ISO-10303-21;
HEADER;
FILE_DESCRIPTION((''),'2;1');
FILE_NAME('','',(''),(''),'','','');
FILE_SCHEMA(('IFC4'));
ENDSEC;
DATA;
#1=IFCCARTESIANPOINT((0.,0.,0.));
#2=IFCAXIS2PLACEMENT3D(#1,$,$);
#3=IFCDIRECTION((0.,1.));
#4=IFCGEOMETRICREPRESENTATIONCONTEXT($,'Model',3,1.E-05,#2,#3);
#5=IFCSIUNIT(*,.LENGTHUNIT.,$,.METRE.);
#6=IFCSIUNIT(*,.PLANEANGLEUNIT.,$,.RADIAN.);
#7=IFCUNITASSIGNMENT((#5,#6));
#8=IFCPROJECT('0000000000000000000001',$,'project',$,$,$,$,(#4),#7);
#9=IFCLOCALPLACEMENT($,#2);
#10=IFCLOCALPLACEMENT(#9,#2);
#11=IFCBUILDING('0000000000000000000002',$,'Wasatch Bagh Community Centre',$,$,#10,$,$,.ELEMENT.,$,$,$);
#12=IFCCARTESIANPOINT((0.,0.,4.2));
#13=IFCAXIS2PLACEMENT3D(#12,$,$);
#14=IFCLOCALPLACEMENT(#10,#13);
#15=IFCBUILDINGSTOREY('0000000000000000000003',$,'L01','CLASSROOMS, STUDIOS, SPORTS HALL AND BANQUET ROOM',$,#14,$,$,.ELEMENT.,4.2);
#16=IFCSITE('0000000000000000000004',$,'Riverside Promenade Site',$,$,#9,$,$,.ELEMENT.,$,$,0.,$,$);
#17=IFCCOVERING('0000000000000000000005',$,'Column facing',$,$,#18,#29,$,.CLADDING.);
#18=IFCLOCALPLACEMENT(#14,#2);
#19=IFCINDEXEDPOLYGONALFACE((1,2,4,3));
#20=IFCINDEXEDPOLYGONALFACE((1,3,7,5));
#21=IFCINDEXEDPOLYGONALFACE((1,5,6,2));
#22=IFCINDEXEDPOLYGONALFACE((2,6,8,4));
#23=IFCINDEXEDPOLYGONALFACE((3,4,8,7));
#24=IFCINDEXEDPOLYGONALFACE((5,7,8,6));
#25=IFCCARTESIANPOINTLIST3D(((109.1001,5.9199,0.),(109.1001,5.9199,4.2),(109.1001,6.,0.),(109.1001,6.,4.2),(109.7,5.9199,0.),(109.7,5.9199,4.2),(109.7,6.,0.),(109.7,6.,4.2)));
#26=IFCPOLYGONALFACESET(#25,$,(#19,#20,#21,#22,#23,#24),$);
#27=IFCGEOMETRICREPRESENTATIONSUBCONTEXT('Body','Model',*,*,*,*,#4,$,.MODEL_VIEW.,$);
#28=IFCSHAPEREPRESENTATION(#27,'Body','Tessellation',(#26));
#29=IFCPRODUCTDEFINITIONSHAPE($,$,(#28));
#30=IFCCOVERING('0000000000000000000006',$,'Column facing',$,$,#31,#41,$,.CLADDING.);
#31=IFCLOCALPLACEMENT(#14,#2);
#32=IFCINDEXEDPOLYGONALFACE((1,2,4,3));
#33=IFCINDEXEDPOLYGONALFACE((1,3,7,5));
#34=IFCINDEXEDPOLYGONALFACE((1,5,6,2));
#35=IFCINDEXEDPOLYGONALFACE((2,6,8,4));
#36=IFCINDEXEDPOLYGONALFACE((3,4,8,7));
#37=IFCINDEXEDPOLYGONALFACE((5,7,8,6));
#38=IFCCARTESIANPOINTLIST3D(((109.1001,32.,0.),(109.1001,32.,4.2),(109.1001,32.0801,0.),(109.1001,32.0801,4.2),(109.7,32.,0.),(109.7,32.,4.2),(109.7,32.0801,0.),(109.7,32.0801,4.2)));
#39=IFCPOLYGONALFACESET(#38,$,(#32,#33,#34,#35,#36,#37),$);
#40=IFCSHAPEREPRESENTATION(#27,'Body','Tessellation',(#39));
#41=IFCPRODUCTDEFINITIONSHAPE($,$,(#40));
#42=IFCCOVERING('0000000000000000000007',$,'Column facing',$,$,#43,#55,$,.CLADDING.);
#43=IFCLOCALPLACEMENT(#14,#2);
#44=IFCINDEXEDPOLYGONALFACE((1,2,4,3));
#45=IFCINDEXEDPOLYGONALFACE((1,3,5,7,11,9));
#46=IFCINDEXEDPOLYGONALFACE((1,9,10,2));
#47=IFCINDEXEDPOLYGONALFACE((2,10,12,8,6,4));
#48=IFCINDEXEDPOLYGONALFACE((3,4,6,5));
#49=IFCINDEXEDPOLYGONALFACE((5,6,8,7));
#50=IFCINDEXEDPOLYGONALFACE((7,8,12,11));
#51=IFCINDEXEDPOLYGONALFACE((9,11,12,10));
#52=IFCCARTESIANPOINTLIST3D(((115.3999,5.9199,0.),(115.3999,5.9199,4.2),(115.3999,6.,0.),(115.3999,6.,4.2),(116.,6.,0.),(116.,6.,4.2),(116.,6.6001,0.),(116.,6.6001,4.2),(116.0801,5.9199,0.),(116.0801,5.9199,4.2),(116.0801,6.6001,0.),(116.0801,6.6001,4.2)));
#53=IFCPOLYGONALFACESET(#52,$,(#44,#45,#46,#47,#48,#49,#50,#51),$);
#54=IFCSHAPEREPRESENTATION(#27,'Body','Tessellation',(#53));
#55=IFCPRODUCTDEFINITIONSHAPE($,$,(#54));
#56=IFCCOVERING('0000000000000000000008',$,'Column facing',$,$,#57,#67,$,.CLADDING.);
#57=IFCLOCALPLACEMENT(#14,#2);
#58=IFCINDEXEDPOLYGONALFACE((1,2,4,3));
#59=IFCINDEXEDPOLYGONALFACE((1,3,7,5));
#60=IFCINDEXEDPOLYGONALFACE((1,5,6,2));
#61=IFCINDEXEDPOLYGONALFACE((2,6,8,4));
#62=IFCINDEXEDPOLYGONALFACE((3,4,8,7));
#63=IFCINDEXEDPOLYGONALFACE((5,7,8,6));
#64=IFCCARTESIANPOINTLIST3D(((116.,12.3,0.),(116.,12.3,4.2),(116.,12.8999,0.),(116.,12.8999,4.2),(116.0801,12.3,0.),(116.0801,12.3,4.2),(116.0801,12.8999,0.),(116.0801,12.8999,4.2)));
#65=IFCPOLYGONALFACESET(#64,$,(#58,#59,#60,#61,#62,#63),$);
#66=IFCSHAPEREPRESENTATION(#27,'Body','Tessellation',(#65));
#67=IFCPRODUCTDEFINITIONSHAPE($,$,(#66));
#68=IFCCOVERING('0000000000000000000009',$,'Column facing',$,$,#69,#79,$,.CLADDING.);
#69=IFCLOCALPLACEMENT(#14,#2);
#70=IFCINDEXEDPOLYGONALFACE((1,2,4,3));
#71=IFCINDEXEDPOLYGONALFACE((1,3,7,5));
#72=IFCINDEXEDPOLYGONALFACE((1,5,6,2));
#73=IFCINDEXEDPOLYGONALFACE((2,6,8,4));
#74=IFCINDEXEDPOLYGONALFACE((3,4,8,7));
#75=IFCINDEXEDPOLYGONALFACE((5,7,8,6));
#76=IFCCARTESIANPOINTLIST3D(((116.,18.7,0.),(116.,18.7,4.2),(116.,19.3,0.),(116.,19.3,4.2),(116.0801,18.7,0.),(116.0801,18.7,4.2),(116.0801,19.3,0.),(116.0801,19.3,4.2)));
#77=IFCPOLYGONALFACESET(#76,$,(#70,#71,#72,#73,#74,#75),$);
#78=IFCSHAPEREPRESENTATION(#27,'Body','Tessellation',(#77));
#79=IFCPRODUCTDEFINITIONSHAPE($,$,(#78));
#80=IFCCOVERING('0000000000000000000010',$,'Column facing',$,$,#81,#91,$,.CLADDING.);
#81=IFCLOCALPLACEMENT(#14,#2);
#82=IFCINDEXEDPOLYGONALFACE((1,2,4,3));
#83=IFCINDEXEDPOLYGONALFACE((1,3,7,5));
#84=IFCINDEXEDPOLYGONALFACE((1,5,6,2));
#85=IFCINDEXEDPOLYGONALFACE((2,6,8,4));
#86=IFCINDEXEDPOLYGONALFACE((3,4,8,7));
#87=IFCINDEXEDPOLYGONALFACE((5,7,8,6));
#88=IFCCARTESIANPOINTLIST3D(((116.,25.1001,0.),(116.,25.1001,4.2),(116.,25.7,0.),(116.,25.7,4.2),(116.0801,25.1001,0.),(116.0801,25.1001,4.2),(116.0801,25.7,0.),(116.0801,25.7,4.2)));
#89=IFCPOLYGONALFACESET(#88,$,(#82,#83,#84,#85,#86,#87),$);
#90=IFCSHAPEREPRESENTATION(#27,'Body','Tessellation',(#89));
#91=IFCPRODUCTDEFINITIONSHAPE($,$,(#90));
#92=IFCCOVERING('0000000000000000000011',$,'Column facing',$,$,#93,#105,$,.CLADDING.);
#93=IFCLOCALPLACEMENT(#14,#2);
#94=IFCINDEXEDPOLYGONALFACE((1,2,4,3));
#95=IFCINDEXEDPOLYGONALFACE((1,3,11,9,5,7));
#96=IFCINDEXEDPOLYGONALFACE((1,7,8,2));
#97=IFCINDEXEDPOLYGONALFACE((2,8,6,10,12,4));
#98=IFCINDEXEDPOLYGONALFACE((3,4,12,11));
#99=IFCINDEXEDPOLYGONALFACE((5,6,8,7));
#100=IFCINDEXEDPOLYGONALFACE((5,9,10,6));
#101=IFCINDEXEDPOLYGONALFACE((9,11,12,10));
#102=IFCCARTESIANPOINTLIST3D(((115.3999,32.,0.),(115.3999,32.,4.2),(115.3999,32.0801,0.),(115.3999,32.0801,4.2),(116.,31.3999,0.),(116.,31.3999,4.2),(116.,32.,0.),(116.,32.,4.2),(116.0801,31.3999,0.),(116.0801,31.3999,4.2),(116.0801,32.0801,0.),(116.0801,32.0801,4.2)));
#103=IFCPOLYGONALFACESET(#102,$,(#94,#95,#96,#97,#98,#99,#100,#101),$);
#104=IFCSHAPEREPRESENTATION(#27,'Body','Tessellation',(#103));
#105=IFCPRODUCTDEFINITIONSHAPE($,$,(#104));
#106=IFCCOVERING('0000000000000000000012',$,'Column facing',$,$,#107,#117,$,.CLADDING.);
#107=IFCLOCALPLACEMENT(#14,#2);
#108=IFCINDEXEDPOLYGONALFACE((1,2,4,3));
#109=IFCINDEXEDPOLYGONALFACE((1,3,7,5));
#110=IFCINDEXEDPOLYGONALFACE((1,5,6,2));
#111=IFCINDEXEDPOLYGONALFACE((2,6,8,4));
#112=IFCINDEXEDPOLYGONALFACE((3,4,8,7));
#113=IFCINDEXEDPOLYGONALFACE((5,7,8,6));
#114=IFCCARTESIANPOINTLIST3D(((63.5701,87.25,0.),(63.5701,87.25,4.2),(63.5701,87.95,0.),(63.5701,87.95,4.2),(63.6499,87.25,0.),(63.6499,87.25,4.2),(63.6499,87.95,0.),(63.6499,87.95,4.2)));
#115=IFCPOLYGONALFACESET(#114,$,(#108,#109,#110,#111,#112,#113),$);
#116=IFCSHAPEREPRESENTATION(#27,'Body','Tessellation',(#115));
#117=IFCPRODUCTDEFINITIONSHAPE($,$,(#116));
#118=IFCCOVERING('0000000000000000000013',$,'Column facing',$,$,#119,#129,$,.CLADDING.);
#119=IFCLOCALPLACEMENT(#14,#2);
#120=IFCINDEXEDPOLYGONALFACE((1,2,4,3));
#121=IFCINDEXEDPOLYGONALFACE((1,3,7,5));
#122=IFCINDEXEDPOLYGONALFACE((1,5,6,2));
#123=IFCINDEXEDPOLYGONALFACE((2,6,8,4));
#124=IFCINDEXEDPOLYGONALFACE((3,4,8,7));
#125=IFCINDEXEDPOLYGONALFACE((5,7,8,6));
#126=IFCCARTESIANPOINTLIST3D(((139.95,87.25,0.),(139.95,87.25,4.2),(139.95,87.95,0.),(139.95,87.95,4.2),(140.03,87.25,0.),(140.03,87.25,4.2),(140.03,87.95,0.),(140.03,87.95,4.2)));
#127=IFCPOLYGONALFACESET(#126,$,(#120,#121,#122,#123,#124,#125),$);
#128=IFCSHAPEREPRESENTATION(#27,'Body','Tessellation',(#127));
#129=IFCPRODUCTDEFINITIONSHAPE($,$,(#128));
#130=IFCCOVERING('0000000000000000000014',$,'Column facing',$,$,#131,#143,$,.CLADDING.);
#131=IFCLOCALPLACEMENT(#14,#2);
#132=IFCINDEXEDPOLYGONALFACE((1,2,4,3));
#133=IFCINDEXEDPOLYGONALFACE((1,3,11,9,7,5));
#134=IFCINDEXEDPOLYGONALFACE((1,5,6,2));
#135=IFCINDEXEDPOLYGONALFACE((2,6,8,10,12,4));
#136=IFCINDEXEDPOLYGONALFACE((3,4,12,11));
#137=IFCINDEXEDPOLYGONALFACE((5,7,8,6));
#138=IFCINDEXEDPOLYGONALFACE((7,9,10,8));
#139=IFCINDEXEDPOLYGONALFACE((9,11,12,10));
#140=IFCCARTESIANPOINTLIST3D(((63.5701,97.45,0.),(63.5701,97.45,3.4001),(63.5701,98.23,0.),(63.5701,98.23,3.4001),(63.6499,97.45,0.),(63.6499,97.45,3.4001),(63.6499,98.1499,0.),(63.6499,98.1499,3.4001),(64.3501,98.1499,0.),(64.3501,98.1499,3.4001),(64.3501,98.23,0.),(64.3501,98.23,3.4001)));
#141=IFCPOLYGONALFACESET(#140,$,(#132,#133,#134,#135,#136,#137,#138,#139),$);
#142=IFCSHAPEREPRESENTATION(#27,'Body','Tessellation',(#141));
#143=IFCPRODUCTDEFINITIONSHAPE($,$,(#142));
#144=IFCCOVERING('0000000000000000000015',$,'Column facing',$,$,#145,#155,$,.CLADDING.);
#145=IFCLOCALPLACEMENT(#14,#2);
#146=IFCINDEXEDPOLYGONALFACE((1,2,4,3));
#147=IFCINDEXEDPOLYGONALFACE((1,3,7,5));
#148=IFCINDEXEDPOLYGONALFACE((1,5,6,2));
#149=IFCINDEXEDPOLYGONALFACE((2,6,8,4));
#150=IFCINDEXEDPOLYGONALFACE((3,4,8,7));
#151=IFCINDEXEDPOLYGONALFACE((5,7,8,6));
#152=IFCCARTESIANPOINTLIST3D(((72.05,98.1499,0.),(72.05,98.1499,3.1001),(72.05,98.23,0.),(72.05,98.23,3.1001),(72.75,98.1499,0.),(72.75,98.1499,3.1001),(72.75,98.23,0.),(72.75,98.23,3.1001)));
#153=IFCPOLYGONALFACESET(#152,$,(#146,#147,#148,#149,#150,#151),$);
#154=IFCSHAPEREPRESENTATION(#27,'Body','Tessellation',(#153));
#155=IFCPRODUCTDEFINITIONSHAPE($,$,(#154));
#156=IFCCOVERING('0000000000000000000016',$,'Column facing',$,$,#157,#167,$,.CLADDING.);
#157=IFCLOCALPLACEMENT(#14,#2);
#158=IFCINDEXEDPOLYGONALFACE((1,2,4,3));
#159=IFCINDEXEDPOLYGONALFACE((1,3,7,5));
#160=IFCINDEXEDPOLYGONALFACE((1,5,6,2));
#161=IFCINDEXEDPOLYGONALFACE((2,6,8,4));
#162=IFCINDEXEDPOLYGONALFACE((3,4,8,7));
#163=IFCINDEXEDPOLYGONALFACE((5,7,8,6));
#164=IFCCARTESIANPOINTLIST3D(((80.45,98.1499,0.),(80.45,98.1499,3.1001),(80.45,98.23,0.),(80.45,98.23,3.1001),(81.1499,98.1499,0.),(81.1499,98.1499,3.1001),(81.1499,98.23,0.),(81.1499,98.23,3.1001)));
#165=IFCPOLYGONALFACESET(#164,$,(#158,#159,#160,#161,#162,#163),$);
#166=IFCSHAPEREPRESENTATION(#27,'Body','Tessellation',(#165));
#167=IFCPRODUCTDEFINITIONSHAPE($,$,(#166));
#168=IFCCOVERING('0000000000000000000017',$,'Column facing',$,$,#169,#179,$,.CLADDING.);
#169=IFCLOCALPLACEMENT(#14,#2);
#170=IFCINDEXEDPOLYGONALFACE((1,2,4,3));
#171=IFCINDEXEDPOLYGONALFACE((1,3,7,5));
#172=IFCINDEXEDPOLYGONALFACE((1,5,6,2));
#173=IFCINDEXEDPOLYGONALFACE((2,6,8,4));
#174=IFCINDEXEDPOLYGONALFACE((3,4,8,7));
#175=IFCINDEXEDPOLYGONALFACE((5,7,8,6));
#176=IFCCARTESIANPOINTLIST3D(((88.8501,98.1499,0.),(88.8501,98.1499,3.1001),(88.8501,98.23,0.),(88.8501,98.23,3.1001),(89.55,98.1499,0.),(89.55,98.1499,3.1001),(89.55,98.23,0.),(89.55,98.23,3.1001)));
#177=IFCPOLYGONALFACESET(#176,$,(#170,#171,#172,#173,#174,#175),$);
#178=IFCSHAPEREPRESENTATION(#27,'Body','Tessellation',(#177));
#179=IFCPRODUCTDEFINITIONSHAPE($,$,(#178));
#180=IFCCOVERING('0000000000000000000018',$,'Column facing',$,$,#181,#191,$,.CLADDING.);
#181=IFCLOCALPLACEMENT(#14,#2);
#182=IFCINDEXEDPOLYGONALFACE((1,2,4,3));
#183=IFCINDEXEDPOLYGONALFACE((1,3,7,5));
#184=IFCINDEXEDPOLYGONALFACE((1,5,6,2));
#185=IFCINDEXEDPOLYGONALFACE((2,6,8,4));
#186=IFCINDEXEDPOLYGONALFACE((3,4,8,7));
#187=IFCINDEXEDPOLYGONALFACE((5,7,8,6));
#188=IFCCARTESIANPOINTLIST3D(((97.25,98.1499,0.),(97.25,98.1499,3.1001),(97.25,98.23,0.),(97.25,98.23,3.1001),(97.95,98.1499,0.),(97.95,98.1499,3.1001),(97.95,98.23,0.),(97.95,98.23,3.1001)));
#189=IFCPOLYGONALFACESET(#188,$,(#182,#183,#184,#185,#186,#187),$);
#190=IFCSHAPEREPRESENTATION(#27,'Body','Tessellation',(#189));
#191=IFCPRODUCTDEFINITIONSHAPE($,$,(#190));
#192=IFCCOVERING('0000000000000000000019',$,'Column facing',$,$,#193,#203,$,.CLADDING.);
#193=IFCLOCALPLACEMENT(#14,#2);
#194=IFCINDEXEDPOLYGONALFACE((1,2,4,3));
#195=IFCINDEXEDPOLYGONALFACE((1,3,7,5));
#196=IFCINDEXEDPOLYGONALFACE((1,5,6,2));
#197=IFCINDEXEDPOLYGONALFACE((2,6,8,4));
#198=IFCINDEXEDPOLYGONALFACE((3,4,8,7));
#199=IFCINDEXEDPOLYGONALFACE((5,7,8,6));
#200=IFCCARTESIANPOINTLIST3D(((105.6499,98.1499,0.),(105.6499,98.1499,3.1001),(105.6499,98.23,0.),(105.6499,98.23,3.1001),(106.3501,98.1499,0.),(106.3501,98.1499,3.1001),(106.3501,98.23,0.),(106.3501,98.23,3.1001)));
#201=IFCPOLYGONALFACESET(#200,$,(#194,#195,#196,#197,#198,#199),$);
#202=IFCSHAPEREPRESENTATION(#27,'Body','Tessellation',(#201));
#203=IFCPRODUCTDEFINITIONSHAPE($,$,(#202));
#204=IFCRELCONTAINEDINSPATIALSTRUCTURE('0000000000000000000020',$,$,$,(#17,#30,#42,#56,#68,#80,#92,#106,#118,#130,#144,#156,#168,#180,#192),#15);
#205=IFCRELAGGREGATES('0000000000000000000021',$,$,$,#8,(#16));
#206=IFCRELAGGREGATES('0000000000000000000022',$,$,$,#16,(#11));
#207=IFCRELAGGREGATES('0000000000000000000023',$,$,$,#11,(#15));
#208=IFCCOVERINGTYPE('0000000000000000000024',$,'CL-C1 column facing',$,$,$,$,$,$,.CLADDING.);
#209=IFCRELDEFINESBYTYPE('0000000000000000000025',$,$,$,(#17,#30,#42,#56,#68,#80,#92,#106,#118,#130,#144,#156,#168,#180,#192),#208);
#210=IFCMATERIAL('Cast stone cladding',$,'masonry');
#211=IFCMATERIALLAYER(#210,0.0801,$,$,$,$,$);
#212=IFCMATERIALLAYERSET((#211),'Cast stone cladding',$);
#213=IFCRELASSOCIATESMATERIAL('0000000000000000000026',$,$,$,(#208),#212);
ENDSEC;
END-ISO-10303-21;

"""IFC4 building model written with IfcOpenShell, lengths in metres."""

from ifc_helpers import new_model, si_unit, direction, frame, origin, place, context, subcontext, project, spatial, polyline, outline, extrude, material, layer, layer_set, type_object, element, save


model = new_model("IFC4")

# Units and contexts
model_context = context("Model", 3, precision=1e-05, world=origin(), true_north=direction((0.0, 1.0)))
body_context = subcontext(model_context, "Body", "Model", "MODEL_VIEW")
ifc_project = project(units=[si_unit("LENGTHUNIT", "METRE"), si_unit("PLANEANGLEUNIT", "RADIAN")], contexts=[model_context])

# Site, building, storey
site_placement = place(None, origin())
site = spatial("IfcSite", under=ifc_project, at=site_placement, Name="Riverside Promenade Site", CompositionType="ELEMENT", RefElevation=0.0)
building_placement = place(site_placement, origin())
building = spatial("IfcBuilding", under=site, at=building_placement, Name="Wasatch Bagh Community Centre", CompositionType="ELEMENT")
storey_placement = place(building_placement, frame((0.0, 0.0, 4.2)))
storey = spatial("IfcBuildingStorey", under=building, at=storey_placement, Name="L01", Description="CLASSROOMS, STUDIOS, SPORTS HALL AND BANQUET ROOM", CompositionType="ELEMENT", Elevation=4.2)

# Coverings
ifc_material = material(Name="Cast stone cladding", Category="masonry")
ifc_layer = layer(ifc_material, 0.0801)
ifc_layer_set = layer_set([ifc_layer], Name="Cast stone cladding")
covering_type = type_object("IfcCoveringType", Name="CL-C1 column facing", PredefinedType="CLADDING", material=ifc_layer_set)
covering_1_placement = place(storey_placement, origin())
element("IfcCovering", 1, at=covering_1_placement, inside=storey, type_object=covering_type, Name="Column facing", PredefinedType="CLADDING", context=body_context, shape_type="SweptSolid", body=[
    extrude(outline(polyline([(109.1001, 6.0), (109.7, 6.0), (109.7, 5.9199), (109.1001, 5.9199), (109.1001, 6.0)])), origin(), (0.0, 0.0, 1.0), 4.2),
])
covering_2_placement = place(storey_placement, origin())
element("IfcCovering", 2, at=covering_2_placement, inside=storey, type_object=covering_type, Name="Column facing", PredefinedType="CLADDING", context=body_context, shape_type="SweptSolid", body=[
    extrude(outline(polyline([(109.7, 32.0), (109.1001, 32.0), (109.1001, 32.0801), (109.7, 32.0801), (109.7, 32.0)])), origin(), (0.0, 0.0, 1.0), 4.2),
])
covering_3_placement = place(storey_placement, origin())
element("IfcCovering", 3, at=covering_3_placement, inside=storey, type_object=covering_type, Name="Column facing", PredefinedType="CLADDING", context=body_context, shape_type="SweptSolid", body=[
    extrude(outline(polyline([(116.0, 6.0), (116.0, 6.6001), (116.0801, 6.6001), (116.0801, 5.9199), (115.3999, 5.9199), (115.3999, 6.0), (116.0, 6.0)])), origin(), (0.0, 0.0, 1.0), 4.2),
])
covering_4_placement = place(storey_placement, origin())
element("IfcCovering", 4, at=covering_4_placement, inside=storey, type_object=covering_type, Name="Column facing", PredefinedType="CLADDING", context=body_context, shape_type="SweptSolid", body=[
    extrude(outline(polyline([(116.0, 12.3), (116.0, 12.8999), (116.0801, 12.8999), (116.0801, 12.3), (116.0, 12.3)])), origin(), (0.0, 0.0, 1.0), 4.2),
])
covering_5_placement = place(storey_placement, origin())
element("IfcCovering", 5, at=covering_5_placement, inside=storey, type_object=covering_type, Name="Column facing", PredefinedType="CLADDING", context=body_context, shape_type="SweptSolid", body=[
    extrude(outline(polyline([(116.0, 18.7), (116.0, 19.3), (116.0801, 19.3), (116.0801, 18.7), (116.0, 18.7)])), origin(), (0.0, 0.0, 1.0), 4.2),
])
covering_6_placement = place(storey_placement, origin())
element("IfcCovering", 6, at=covering_6_placement, inside=storey, type_object=covering_type, Name="Column facing", PredefinedType="CLADDING", context=body_context, shape_type="SweptSolid", body=[
    extrude(outline(polyline([(116.0, 25.1001), (116.0, 25.7), (116.0801, 25.7), (116.0801, 25.1001), (116.0, 25.1001)])), origin(), (0.0, 0.0, 1.0), 4.2),
])
covering_7_placement = place(storey_placement, origin())
element("IfcCovering", 7, at=covering_7_placement, inside=storey, type_object=covering_type, Name="Column facing", PredefinedType="CLADDING", context=body_context, shape_type="SweptSolid", body=[
    extrude(outline(polyline([(116.0, 32.0), (115.3999, 32.0), (115.3999, 32.0801), (116.0801, 32.0801), (116.0801, 31.3999), (116.0, 31.3999), (116.0, 32.0)])), origin(), (0.0, 0.0, 1.0), 4.2),
])
covering_8_placement = place(storey_placement, origin())
element("IfcCovering", 8, at=covering_8_placement, inside=storey, type_object=covering_type, Name="Column facing", PredefinedType="CLADDING", context=body_context, shape_type="SweptSolid", body=[
    extrude(outline(polyline([(63.6499, 87.95), (63.6499, 87.25), (63.5701, 87.25), (63.5701, 87.95), (63.6499, 87.95)])), origin(), (0.0, 0.0, 1.0), 4.2),
])
covering_9_placement = place(storey_placement, origin())
element("IfcCovering", 9, at=covering_9_placement, inside=storey, type_object=covering_type, Name="Column facing", PredefinedType="CLADDING", context=body_context, shape_type="SweptSolid", body=[
    extrude(outline(polyline([(139.95, 87.25), (139.95, 87.95), (140.03, 87.95), (140.03, 87.25), (139.95, 87.25)])), origin(), (0.0, 0.0, 1.0), 4.2),
])
covering_10_placement = place(storey_placement, origin())
element("IfcCovering", 10, at=covering_10_placement, inside=storey, type_object=covering_type, Name="Column facing", PredefinedType="CLADDING", context=body_context, shape_type="SweptSolid", body=[
    extrude(outline(polyline([(63.6499, 97.45), (63.5701, 97.45), (63.5701, 98.23), (64.3501, 98.23), (64.3501, 98.1499), (63.6499, 98.1499), (63.6499, 97.45)])), origin(), (0.0, 0.0, 1.0), 3.4001),
])
covering_11_placement = place(storey_placement, origin())
element("IfcCovering", 11, at=covering_11_placement, inside=storey, type_object=covering_type, Name="Column facing", PredefinedType="CLADDING", context=body_context, shape_type="SweptSolid", body=[
    extrude(outline(polyline([(72.75, 98.1499), (72.05, 98.1499), (72.05, 98.23), (72.75, 98.23), (72.75, 98.1499)])), origin(), (0.0, 0.0, 1.0), 3.1001),
])
covering_12_placement = place(storey_placement, origin())
element("IfcCovering", 12, at=covering_12_placement, inside=storey, type_object=covering_type, Name="Column facing", PredefinedType="CLADDING", context=body_context, shape_type="SweptSolid", body=[
    extrude(outline(polyline([(81.1499, 98.1499), (80.45, 98.1499), (80.45, 98.23), (81.1499, 98.23), (81.1499, 98.1499)])), origin(), (0.0, 0.0, 1.0), 3.1001),
])
covering_13_placement = place(storey_placement, origin())
element("IfcCovering", 13, at=covering_13_placement, inside=storey, type_object=covering_type, Name="Column facing", PredefinedType="CLADDING", context=body_context, shape_type="SweptSolid", body=[
    extrude(outline(polyline([(89.55, 98.1499), (88.8501, 98.1499), (88.8501, 98.23), (89.55, 98.23), (89.55, 98.1499)])), origin(), (0.0, 0.0, 1.0), 3.1001),
])
covering_14_placement = place(storey_placement, origin())
element("IfcCovering", 14, at=covering_14_placement, inside=storey, type_object=covering_type, Name="Column facing", PredefinedType="CLADDING", context=body_context, shape_type="SweptSolid", body=[
    extrude(outline(polyline([(97.95, 98.1499), (97.25, 98.1499), (97.25, 98.23), (97.95, 98.23), (97.95, 98.1499)])), origin(), (0.0, 0.0, 1.0), 3.1001),
])
covering_15_placement = place(storey_placement, origin())
element("IfcCovering", 15, at=covering_15_placement, inside=storey, type_object=covering_type, Name="Column facing", PredefinedType="CLADDING", context=body_context, shape_type="SweptSolid", body=[
    extrude(outline(polyline([(106.3501, 98.1499), (105.6499, 98.1499), (105.6499, 98.23), (106.3501, 98.23), (106.3501, 98.1499)])), origin(), (0.0, 0.0, 1.0), 3.1001),
])

save(model, "model.ifc")
